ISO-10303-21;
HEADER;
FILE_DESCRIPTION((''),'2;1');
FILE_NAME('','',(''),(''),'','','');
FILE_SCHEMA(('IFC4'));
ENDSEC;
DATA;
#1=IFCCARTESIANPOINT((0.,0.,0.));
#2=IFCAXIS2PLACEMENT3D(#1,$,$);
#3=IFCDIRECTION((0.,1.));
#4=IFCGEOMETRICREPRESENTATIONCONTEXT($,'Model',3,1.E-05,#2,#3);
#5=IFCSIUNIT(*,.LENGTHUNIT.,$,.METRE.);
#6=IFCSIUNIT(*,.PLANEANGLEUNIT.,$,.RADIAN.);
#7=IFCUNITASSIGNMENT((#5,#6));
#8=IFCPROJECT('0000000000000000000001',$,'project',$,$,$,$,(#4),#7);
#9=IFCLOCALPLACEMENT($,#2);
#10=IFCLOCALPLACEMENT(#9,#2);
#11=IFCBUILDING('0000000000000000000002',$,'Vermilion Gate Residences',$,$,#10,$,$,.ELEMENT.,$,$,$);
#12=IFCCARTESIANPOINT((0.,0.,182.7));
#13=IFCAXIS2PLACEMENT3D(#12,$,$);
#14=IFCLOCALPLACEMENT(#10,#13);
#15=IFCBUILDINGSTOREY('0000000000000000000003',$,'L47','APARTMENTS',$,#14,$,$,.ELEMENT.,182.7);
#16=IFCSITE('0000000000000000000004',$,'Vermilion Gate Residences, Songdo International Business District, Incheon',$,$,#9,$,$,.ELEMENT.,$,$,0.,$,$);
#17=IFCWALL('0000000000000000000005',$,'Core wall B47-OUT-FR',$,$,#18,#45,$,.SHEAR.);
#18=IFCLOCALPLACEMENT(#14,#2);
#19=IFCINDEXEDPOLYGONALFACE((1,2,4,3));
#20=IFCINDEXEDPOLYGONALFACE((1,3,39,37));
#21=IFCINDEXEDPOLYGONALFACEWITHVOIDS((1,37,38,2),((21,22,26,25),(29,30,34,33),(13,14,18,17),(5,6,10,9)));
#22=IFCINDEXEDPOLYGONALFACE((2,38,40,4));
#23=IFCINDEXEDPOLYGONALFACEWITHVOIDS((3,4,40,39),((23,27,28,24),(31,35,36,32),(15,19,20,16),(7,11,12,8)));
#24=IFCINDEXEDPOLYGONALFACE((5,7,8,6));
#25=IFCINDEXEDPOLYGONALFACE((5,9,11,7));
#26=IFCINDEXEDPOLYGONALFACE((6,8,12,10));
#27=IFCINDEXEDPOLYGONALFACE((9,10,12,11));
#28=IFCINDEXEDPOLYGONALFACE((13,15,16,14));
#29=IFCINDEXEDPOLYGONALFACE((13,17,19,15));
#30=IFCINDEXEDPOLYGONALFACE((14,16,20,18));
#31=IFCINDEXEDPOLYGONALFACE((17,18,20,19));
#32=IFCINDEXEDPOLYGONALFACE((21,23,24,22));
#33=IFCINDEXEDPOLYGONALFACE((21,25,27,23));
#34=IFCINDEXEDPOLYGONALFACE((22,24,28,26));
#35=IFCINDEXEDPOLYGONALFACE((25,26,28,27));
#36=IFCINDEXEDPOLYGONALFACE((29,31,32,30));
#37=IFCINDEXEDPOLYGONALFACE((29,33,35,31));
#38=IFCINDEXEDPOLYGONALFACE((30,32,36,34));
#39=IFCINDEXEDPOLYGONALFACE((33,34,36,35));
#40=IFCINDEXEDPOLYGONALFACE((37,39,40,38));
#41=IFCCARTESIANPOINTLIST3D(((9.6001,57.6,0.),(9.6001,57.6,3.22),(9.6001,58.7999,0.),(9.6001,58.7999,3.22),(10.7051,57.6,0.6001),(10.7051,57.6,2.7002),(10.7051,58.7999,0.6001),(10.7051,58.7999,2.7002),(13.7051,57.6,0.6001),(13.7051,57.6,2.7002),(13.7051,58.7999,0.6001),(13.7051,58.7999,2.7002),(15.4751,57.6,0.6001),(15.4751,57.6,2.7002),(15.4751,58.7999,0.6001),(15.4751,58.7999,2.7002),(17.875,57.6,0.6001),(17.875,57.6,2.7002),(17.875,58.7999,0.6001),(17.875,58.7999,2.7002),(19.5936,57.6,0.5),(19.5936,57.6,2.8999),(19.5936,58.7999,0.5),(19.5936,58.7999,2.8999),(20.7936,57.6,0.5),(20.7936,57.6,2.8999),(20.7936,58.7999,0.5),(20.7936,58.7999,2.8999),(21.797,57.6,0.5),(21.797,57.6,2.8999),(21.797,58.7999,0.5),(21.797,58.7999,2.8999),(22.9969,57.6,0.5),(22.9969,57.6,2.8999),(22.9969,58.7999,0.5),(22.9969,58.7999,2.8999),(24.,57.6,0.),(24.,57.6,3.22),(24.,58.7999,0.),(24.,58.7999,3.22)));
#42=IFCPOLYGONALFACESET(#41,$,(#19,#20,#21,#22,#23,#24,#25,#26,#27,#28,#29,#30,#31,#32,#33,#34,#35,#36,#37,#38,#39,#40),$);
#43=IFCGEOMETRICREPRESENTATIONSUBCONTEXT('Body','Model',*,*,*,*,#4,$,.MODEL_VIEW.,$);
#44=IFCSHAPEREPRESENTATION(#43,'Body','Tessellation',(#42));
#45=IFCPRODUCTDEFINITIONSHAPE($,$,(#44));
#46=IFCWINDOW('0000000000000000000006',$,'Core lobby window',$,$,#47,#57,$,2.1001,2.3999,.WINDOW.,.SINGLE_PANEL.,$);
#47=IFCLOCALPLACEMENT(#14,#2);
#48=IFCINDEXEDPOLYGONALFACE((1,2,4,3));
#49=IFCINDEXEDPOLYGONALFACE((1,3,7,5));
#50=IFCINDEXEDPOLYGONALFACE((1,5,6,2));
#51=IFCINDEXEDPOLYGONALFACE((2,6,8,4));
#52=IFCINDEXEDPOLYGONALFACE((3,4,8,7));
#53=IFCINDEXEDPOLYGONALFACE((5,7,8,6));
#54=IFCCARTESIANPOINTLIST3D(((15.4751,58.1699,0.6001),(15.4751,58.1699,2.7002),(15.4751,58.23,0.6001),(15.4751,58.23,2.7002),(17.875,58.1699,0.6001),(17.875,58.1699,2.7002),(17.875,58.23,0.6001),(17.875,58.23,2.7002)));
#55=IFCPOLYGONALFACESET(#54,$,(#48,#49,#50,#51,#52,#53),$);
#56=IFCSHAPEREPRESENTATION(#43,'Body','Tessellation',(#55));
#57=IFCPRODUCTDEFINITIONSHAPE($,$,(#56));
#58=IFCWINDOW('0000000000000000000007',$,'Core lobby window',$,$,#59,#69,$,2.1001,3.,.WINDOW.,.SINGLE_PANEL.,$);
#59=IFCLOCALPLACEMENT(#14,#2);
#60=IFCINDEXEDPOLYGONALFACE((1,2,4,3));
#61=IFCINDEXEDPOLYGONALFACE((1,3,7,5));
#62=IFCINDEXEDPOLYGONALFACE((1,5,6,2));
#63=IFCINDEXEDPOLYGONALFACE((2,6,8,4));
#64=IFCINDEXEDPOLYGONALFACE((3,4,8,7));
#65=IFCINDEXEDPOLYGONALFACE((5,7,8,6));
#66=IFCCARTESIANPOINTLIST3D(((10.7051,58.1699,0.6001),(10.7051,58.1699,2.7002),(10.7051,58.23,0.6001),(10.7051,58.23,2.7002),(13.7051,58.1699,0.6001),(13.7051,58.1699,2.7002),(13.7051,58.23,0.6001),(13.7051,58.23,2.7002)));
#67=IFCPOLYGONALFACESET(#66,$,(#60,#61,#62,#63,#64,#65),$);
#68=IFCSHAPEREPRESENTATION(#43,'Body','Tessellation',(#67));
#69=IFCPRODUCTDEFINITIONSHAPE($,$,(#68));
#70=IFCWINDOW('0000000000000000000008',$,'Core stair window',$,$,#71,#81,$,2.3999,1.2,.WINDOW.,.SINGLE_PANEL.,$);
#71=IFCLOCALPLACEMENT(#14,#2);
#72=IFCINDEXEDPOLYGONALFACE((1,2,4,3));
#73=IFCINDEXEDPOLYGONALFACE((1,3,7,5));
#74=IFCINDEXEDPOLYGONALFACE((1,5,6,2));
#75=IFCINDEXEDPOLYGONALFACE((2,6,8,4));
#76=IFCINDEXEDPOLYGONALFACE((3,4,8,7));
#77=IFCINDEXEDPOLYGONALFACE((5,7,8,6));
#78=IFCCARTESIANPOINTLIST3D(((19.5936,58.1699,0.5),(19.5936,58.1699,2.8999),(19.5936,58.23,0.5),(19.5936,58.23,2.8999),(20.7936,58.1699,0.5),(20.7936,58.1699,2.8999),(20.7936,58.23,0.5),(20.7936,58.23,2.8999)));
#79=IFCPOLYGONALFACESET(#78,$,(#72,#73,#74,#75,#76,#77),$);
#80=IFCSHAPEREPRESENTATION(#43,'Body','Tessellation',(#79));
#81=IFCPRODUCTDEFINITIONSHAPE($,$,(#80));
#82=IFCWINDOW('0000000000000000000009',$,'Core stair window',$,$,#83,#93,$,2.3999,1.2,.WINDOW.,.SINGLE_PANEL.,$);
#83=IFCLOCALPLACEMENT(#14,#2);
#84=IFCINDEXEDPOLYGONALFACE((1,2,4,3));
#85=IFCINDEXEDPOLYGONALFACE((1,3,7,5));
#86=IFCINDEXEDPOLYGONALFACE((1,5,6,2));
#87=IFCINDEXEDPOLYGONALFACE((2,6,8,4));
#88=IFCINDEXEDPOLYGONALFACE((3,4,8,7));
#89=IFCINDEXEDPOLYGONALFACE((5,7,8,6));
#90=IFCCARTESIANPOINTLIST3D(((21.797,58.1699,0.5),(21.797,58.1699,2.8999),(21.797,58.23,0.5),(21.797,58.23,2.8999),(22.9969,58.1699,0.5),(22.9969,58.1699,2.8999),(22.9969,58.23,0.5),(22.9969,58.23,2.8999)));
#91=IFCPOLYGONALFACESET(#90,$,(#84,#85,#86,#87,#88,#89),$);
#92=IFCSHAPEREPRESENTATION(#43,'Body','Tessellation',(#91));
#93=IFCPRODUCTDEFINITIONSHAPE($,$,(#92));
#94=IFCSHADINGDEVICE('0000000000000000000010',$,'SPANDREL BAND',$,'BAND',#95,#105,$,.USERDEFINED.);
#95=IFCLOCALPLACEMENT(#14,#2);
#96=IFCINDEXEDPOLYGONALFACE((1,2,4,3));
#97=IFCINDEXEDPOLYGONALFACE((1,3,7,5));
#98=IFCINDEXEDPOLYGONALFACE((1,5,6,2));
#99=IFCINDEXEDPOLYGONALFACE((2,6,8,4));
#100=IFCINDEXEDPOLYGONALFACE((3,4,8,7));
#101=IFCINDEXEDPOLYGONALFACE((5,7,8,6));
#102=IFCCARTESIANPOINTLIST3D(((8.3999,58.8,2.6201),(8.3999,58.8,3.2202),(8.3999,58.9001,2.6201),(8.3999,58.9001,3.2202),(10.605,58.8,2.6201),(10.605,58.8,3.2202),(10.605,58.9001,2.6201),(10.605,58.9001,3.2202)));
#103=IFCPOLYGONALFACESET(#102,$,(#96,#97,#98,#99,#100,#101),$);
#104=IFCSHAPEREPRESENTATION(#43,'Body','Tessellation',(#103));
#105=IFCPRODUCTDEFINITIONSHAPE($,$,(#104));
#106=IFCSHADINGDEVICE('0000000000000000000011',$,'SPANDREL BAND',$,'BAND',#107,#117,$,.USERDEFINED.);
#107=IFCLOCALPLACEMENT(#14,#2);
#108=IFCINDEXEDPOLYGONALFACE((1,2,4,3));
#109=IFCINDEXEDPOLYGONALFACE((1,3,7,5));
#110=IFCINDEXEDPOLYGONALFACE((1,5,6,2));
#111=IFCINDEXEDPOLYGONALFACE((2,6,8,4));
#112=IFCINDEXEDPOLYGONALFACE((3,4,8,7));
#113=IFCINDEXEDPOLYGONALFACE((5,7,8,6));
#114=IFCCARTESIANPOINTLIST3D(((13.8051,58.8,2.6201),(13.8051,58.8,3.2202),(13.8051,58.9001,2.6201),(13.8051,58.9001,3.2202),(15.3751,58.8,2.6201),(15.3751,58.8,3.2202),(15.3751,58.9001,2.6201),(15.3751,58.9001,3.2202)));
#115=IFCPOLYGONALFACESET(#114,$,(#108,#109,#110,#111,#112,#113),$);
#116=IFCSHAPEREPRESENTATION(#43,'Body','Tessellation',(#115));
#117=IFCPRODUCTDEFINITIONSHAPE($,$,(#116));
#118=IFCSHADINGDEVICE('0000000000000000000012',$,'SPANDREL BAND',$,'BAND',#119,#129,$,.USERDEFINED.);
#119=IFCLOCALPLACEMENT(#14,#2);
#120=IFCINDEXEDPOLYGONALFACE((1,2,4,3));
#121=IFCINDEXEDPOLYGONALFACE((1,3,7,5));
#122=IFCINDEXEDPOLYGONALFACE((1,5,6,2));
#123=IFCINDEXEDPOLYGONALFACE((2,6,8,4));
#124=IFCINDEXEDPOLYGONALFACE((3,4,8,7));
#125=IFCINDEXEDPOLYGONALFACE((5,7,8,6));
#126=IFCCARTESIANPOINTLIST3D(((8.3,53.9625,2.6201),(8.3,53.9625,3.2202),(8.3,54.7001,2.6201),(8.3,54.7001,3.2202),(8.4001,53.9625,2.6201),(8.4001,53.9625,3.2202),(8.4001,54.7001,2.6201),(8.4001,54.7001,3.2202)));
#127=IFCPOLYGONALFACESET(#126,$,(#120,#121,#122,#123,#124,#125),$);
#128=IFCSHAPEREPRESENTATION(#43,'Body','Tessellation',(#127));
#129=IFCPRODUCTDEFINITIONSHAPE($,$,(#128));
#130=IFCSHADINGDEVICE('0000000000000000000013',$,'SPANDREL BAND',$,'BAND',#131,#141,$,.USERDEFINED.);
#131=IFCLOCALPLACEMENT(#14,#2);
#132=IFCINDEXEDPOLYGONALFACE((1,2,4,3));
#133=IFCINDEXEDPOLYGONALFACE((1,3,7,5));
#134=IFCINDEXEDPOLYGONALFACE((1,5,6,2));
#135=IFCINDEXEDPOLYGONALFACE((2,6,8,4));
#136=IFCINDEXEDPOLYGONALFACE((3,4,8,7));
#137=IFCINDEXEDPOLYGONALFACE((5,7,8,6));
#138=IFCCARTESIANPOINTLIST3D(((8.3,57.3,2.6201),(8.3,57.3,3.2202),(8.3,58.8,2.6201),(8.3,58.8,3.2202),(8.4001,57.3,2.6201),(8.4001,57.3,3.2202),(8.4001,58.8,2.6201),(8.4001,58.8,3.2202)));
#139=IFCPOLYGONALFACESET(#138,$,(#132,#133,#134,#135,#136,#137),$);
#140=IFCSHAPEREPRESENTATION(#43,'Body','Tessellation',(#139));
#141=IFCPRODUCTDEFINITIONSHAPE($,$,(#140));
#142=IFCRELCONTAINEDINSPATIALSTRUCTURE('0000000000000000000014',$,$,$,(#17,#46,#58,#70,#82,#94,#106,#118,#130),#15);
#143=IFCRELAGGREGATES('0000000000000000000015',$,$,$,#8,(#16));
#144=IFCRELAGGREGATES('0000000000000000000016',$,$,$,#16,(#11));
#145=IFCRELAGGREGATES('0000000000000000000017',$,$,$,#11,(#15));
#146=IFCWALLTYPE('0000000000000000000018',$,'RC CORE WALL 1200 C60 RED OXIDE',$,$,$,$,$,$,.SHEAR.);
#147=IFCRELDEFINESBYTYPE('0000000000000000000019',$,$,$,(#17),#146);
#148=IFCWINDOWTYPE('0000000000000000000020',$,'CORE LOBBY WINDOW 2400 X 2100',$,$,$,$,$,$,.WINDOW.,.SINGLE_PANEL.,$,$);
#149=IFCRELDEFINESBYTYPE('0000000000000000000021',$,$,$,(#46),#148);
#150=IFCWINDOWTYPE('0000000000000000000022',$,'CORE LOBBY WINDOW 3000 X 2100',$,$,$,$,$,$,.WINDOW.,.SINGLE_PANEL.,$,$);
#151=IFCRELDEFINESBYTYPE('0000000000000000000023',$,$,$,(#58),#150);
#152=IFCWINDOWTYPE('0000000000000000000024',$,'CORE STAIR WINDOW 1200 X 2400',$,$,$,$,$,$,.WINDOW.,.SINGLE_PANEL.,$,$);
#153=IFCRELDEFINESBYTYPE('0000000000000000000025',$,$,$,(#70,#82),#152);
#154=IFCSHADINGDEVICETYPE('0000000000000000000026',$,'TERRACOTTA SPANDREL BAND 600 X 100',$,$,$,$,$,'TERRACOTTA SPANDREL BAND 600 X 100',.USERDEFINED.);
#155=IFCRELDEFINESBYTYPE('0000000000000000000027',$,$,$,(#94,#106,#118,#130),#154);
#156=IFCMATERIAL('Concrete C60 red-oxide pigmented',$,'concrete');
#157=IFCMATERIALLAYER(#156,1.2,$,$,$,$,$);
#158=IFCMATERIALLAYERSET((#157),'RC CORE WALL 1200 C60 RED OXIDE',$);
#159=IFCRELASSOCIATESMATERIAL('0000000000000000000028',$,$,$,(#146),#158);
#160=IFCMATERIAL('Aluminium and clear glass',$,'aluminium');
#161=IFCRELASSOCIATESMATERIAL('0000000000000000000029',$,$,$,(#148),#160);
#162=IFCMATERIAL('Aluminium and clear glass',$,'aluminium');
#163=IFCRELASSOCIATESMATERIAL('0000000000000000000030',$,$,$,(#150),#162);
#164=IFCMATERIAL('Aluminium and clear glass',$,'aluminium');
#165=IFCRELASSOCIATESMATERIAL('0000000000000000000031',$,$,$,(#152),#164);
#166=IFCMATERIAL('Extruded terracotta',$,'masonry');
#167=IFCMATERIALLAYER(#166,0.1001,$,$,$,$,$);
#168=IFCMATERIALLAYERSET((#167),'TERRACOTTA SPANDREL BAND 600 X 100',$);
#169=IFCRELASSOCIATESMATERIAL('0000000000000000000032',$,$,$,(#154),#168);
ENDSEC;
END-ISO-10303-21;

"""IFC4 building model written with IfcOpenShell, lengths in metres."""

from ifc_helpers import new_model, si_unit, direction, frame, frame_2d, origin, origin_2d, place, context, subcontext, project, spatial, rectangle, extrude, material, layer, layer_set, type_object, element, fill, save


model = new_model("IFC4")

# Units and contexts
model_context = context("Model", 3, precision=1e-05, world=origin(), true_north=direction((0.0, 1.0)))
body_context = subcontext(model_context, "Body", "Model", "MODEL_VIEW")
ifc_project = project(units=[si_unit("LENGTHUNIT", "METRE"), si_unit("PLANEANGLEUNIT", "RADIAN")], contexts=[model_context])

# Site, building, storey
site_placement = place(None, origin())
site = spatial("IfcSite", under=ifc_project, at=site_placement, Name="Vermilion Gate Residences, Songdo International Business District, Incheon", CompositionType="ELEMENT", RefElevation=0.0)
building_placement = place(site_placement, origin())
building = spatial("IfcBuilding", under=site, at=building_placement, Name="Vermilion Gate Residences", CompositionType="ELEMENT")
storey_placement = place(building_placement, frame((0.0, 0.0, 182.7)))
storey = spatial("IfcBuildingStorey", under=building, at=storey_placement, Name="L47", Description="APARTMENTS", CompositionType="ELEMENT", Elevation=182.7)

# Wall, openings, windows
ifc_material_1 = material(Name="Concrete C60 red-oxide pigmented", Category="concrete")
ifc_layer_1 = layer(ifc_material_1, 1.2)
ifc_layer_set_1 = layer_set([ifc_layer_1], Name="RC CORE WALL 1200 C60 RED OXIDE")
wall_type_1 = type_object("IfcWallType", Name="RC CORE WALL 1200 C60 RED OXIDE", PredefinedType="SHEAR", material=ifc_layer_set_1)
ifc_material_2 = material(Name="Aluminium and clear glass", Category="aluminium")
window_type_1 = type_object("IfcWindowType", Name="CORE LOBBY WINDOW 2400 X 2100", PartitioningType="SINGLE_PANEL", PredefinedType="WINDOW", material=ifc_material_2)
wall_1_placement = place(storey_placement, frame((9.6001, 58.2, 0.0), z_axis=(0.0, 0.0, 1.0), x_axis=(1.0, 0.0, 0.0)))
wall_1 = element("IfcWall", 1, at=wall_1_placement, inside=storey, type_object=wall_type_1, Name="Core wall B47-OUT-FR", PredefinedType="SHEAR", context=body_context, shape_type="SweptSolid", body=[
    extrude(rectangle(XDim=14.3999, YDim=1.2, at=frame_2d((7.2, 0.0))), origin(), (0.0, 0.0, 1.0), 3.22),
])
opening_1_placement = place(wall_1_placement, frame((1.105, 0.0, 0.6001)))
opening_1 = element("IfcOpeningElement", 2, at=opening_1_placement, cuts=wall_1, PredefinedType="OPENING", context=body_context, shape_type="SweptSolid", body=[
    extrude(rectangle(XDim=3.0, YDim=2.1001, at=frame_2d((1.5, 1.05))), frame((0.0, 0.6099, 0.0), z_axis=(0.0, -1.0, 0.0), x_axis=(1.0, 0.0, 0.0)), (0.0, 0.0, 1.0), 1.22),
])
opening_2_placement = place(wall_1_placement, frame((5.875, 0.0, 0.6001)))
opening_2 = element("IfcOpeningElement", 3, at=opening_2_placement, cuts=wall_1, PredefinedType="OPENING", context=body_context, shape_type="SweptSolid", body=[
    extrude(rectangle(XDim=2.3999, YDim=2.1001, at=frame_2d((1.2, 1.05))), frame((0.0, 0.6099, 0.0), z_axis=(0.0, -1.0, 0.0), x_axis=(1.0, 0.0, 0.0)), (0.0, 0.0, 1.0), 1.22),
])
opening_3_placement = place(wall_1_placement, frame((9.9934, 0.0, 0.5)))
opening_3 = element("IfcOpeningElement", 4, at=opening_3_placement, cuts=wall_1, PredefinedType="OPENING", context=body_context, shape_type="SweptSolid", body=[
    extrude(rectangle(XDim=1.2, YDim=2.3999, at=frame_2d((0.6001, 1.2))), frame((0.0, 0.6099, 0.0), z_axis=(0.0, -1.0, 0.0), x_axis=(1.0, 0.0, 0.0)), (0.0, 0.0, 1.0), 1.22),
])
opening_4_placement = place(wall_1_placement, frame((12.1968, 0.0, 0.5)))
opening_4 = element("IfcOpeningElement", 5, at=opening_4_placement, cuts=wall_1, PredefinedType="OPENING", context=body_context, shape_type="SweptSolid", body=[
    extrude(rectangle(XDim=1.2, YDim=2.3999, at=frame_2d((0.6001, 1.2))), frame((0.0, 0.6099, 0.0), z_axis=(0.0, -1.0, 0.0), x_axis=(1.0, 0.0, 0.0)), (0.0, 0.0, 1.0), 1.22),
])
window_1_placement = place(opening_2_placement, origin())
window_1 = element("IfcWindow", 6, at=window_1_placement, inside=storey, type_object=window_type_1, Name="Core lobby window", OverallHeight=2.1001, OverallWidth=2.3999, PartitioningType="SINGLE_PANEL", PredefinedType="WINDOW", context=body_context, shape_type="SweptSolid", body=[
    extrude(rectangle(XDim=2.3999, YDim=2.1001, at=frame_2d((1.2, 1.05))), frame((0.0, 0.03, 0.0), z_axis=(0.0, -1.0, 0.0), x_axis=(1.0, 0.0, 0.0)), (0.0, 0.0, 1.0), 0.0601),
])
fill(opening_2, window_1)
ifc_material_3 = material(Name="Aluminium and clear glass", Category="aluminium")
window_type_2 = type_object("IfcWindowType", Name="CORE LOBBY WINDOW 3000 X 2100", PartitioningType="SINGLE_PANEL", PredefinedType="WINDOW", material=ifc_material_3)
window_2_placement = place(opening_1_placement, origin())
window_2 = element("IfcWindow", 7, at=window_2_placement, inside=storey, type_object=window_type_2, Name="Core lobby window", OverallHeight=2.1001, OverallWidth=3.0, PartitioningType="SINGLE_PANEL", PredefinedType="WINDOW", context=body_context, shape_type="SweptSolid", body=[
    extrude(rectangle(XDim=3.0, YDim=2.1001, at=frame_2d((1.5, 1.05))), frame((0.0, 0.03, 0.0), z_axis=(0.0, -1.0, 0.0), x_axis=(1.0, 0.0, 0.0)), (0.0, 0.0, 1.0), 0.0601),
])
fill(opening_1, window_2)
ifc_material_4 = material(Name="Aluminium and clear glass", Category="aluminium")
window_type_3 = type_object("IfcWindowType", Name="CORE STAIR WINDOW 1200 X 2400", PartitioningType="SINGLE_PANEL", PredefinedType="WINDOW", material=ifc_material_4)
window_3_placement = place(opening_3_placement, origin())
window_3 = element("IfcWindow", 8, at=window_3_placement, inside=storey, type_object=window_type_3, Name="Core stair window", OverallHeight=2.3999, OverallWidth=1.2, PartitioningType="SINGLE_PANEL", PredefinedType="WINDOW", context=body_context, shape_type="SweptSolid", body=[
    extrude(rectangle(XDim=1.2, YDim=2.3999, at=frame_2d((0.6001, 1.2))), frame((0.0, 0.03, 0.0), z_axis=(0.0, -1.0, 0.0), x_axis=(1.0, 0.0, 0.0)), (0.0, 0.0, 1.0), 0.0601),
])
fill(opening_3, window_3)
window_4_placement = place(opening_4_placement, origin())
window_4 = element("IfcWindow", 9, at=window_4_placement, inside=storey, type_object=window_type_3, Name="Core stair window", OverallHeight=2.3999, OverallWidth=1.2, PartitioningType="SINGLE_PANEL", PredefinedType="WINDOW", context=body_context, shape_type="SweptSolid", body=[
    extrude(rectangle(XDim=1.2, YDim=2.3999, at=frame_2d((0.6001, 1.2))), frame((0.0, 0.03, 0.0), z_axis=(0.0, -1.0, 0.0), x_axis=(1.0, 0.0, 0.0)), (0.0, 0.0, 1.0), 0.0601),
])
fill(opening_4, window_4)

# Shading devices
ifc_material_5 = material(Name="Extruded terracotta", Category="masonry")
ifc_layer_2 = layer(ifc_material_5, 0.1001)
ifc_layer_set_2 = layer_set([ifc_layer_2], Name="TERRACOTTA SPANDREL BAND 600 X 100")
shading_device_type = type_object("IfcShadingDeviceType", Name="TERRACOTTA SPANDREL BAND 600 X 100", ElementType="TERRACOTTA SPANDREL BAND 600 X 100", PredefinedType="USERDEFINED", material=ifc_layer_set_2)
shading_device_1_placement = place(storey_placement, frame((9.5024, 58.8501, 2.6201), z_axis=(0.0, 0.0, 1.0), x_axis=(1.0, 0.0, 0.0)))
element("IfcShadingDevice", 10, at=shading_device_1_placement, inside=storey, type_object=shading_device_type, Name="SPANDREL BAND", ObjectType="BAND", PredefinedType="USERDEFINED", context=body_context, shape_type="SweptSolid", body=[
    extrude(rectangle(XDim=2.2051, YDim=0.1001, at=origin_2d()), origin(), (0.0, 0.0, 1.0), 0.6001),
])
shading_device_2_placement = place(storey_placement, frame((14.5901, 58.8501, 2.6201), z_axis=(0.0, 0.0, 1.0), x_axis=(1.0, 0.0, 0.0)))
element("IfcShadingDevice", 11, at=shading_device_2_placement, inside=storey, type_object=shading_device_type, Name="SPANDREL BAND", ObjectType="BAND", PredefinedType="USERDEFINED", context=body_context, shape_type="SweptSolid", body=[
    extrude(rectangle(XDim=1.5701, YDim=0.1001, at=origin_2d()), origin(), (0.0, 0.0, 1.0), 0.6001),
])
shading_device_3_placement = place(storey_placement, frame((8.3501, 54.3313, 2.6201), z_axis=(0.0, 0.0, 1.0), x_axis=(0.0, 1.0, 0.0)))
element("IfcShadingDevice", 12, at=shading_device_3_placement, inside=storey, type_object=shading_device_type, Name="SPANDREL BAND", ObjectType="BAND", PredefinedType="USERDEFINED", context=body_context, shape_type="SweptSolid", body=[
    extrude(rectangle(XDim=0.7375, YDim=0.1001, at=origin_2d()), origin(), (0.0, 0.0, 1.0), 0.6001),
])
shading_device_4_placement = place(storey_placement, frame((8.3501, 58.05, 2.6201), z_axis=(0.0, 0.0, 1.0), x_axis=(0.0, 1.0, 0.0)))
element("IfcShadingDevice", 13, at=shading_device_4_placement, inside=storey, type_object=shading_device_type, Name="SPANDREL BAND", ObjectType="BAND", PredefinedType="USERDEFINED", context=body_context, shape_type="SweptSolid", body=[
    extrude(rectangle(XDim=1.5, YDim=0.1001, at=origin_2d()), origin(), (0.0, 0.0, 1.0), 0.6001),
])

save(model, "model.ifc")
